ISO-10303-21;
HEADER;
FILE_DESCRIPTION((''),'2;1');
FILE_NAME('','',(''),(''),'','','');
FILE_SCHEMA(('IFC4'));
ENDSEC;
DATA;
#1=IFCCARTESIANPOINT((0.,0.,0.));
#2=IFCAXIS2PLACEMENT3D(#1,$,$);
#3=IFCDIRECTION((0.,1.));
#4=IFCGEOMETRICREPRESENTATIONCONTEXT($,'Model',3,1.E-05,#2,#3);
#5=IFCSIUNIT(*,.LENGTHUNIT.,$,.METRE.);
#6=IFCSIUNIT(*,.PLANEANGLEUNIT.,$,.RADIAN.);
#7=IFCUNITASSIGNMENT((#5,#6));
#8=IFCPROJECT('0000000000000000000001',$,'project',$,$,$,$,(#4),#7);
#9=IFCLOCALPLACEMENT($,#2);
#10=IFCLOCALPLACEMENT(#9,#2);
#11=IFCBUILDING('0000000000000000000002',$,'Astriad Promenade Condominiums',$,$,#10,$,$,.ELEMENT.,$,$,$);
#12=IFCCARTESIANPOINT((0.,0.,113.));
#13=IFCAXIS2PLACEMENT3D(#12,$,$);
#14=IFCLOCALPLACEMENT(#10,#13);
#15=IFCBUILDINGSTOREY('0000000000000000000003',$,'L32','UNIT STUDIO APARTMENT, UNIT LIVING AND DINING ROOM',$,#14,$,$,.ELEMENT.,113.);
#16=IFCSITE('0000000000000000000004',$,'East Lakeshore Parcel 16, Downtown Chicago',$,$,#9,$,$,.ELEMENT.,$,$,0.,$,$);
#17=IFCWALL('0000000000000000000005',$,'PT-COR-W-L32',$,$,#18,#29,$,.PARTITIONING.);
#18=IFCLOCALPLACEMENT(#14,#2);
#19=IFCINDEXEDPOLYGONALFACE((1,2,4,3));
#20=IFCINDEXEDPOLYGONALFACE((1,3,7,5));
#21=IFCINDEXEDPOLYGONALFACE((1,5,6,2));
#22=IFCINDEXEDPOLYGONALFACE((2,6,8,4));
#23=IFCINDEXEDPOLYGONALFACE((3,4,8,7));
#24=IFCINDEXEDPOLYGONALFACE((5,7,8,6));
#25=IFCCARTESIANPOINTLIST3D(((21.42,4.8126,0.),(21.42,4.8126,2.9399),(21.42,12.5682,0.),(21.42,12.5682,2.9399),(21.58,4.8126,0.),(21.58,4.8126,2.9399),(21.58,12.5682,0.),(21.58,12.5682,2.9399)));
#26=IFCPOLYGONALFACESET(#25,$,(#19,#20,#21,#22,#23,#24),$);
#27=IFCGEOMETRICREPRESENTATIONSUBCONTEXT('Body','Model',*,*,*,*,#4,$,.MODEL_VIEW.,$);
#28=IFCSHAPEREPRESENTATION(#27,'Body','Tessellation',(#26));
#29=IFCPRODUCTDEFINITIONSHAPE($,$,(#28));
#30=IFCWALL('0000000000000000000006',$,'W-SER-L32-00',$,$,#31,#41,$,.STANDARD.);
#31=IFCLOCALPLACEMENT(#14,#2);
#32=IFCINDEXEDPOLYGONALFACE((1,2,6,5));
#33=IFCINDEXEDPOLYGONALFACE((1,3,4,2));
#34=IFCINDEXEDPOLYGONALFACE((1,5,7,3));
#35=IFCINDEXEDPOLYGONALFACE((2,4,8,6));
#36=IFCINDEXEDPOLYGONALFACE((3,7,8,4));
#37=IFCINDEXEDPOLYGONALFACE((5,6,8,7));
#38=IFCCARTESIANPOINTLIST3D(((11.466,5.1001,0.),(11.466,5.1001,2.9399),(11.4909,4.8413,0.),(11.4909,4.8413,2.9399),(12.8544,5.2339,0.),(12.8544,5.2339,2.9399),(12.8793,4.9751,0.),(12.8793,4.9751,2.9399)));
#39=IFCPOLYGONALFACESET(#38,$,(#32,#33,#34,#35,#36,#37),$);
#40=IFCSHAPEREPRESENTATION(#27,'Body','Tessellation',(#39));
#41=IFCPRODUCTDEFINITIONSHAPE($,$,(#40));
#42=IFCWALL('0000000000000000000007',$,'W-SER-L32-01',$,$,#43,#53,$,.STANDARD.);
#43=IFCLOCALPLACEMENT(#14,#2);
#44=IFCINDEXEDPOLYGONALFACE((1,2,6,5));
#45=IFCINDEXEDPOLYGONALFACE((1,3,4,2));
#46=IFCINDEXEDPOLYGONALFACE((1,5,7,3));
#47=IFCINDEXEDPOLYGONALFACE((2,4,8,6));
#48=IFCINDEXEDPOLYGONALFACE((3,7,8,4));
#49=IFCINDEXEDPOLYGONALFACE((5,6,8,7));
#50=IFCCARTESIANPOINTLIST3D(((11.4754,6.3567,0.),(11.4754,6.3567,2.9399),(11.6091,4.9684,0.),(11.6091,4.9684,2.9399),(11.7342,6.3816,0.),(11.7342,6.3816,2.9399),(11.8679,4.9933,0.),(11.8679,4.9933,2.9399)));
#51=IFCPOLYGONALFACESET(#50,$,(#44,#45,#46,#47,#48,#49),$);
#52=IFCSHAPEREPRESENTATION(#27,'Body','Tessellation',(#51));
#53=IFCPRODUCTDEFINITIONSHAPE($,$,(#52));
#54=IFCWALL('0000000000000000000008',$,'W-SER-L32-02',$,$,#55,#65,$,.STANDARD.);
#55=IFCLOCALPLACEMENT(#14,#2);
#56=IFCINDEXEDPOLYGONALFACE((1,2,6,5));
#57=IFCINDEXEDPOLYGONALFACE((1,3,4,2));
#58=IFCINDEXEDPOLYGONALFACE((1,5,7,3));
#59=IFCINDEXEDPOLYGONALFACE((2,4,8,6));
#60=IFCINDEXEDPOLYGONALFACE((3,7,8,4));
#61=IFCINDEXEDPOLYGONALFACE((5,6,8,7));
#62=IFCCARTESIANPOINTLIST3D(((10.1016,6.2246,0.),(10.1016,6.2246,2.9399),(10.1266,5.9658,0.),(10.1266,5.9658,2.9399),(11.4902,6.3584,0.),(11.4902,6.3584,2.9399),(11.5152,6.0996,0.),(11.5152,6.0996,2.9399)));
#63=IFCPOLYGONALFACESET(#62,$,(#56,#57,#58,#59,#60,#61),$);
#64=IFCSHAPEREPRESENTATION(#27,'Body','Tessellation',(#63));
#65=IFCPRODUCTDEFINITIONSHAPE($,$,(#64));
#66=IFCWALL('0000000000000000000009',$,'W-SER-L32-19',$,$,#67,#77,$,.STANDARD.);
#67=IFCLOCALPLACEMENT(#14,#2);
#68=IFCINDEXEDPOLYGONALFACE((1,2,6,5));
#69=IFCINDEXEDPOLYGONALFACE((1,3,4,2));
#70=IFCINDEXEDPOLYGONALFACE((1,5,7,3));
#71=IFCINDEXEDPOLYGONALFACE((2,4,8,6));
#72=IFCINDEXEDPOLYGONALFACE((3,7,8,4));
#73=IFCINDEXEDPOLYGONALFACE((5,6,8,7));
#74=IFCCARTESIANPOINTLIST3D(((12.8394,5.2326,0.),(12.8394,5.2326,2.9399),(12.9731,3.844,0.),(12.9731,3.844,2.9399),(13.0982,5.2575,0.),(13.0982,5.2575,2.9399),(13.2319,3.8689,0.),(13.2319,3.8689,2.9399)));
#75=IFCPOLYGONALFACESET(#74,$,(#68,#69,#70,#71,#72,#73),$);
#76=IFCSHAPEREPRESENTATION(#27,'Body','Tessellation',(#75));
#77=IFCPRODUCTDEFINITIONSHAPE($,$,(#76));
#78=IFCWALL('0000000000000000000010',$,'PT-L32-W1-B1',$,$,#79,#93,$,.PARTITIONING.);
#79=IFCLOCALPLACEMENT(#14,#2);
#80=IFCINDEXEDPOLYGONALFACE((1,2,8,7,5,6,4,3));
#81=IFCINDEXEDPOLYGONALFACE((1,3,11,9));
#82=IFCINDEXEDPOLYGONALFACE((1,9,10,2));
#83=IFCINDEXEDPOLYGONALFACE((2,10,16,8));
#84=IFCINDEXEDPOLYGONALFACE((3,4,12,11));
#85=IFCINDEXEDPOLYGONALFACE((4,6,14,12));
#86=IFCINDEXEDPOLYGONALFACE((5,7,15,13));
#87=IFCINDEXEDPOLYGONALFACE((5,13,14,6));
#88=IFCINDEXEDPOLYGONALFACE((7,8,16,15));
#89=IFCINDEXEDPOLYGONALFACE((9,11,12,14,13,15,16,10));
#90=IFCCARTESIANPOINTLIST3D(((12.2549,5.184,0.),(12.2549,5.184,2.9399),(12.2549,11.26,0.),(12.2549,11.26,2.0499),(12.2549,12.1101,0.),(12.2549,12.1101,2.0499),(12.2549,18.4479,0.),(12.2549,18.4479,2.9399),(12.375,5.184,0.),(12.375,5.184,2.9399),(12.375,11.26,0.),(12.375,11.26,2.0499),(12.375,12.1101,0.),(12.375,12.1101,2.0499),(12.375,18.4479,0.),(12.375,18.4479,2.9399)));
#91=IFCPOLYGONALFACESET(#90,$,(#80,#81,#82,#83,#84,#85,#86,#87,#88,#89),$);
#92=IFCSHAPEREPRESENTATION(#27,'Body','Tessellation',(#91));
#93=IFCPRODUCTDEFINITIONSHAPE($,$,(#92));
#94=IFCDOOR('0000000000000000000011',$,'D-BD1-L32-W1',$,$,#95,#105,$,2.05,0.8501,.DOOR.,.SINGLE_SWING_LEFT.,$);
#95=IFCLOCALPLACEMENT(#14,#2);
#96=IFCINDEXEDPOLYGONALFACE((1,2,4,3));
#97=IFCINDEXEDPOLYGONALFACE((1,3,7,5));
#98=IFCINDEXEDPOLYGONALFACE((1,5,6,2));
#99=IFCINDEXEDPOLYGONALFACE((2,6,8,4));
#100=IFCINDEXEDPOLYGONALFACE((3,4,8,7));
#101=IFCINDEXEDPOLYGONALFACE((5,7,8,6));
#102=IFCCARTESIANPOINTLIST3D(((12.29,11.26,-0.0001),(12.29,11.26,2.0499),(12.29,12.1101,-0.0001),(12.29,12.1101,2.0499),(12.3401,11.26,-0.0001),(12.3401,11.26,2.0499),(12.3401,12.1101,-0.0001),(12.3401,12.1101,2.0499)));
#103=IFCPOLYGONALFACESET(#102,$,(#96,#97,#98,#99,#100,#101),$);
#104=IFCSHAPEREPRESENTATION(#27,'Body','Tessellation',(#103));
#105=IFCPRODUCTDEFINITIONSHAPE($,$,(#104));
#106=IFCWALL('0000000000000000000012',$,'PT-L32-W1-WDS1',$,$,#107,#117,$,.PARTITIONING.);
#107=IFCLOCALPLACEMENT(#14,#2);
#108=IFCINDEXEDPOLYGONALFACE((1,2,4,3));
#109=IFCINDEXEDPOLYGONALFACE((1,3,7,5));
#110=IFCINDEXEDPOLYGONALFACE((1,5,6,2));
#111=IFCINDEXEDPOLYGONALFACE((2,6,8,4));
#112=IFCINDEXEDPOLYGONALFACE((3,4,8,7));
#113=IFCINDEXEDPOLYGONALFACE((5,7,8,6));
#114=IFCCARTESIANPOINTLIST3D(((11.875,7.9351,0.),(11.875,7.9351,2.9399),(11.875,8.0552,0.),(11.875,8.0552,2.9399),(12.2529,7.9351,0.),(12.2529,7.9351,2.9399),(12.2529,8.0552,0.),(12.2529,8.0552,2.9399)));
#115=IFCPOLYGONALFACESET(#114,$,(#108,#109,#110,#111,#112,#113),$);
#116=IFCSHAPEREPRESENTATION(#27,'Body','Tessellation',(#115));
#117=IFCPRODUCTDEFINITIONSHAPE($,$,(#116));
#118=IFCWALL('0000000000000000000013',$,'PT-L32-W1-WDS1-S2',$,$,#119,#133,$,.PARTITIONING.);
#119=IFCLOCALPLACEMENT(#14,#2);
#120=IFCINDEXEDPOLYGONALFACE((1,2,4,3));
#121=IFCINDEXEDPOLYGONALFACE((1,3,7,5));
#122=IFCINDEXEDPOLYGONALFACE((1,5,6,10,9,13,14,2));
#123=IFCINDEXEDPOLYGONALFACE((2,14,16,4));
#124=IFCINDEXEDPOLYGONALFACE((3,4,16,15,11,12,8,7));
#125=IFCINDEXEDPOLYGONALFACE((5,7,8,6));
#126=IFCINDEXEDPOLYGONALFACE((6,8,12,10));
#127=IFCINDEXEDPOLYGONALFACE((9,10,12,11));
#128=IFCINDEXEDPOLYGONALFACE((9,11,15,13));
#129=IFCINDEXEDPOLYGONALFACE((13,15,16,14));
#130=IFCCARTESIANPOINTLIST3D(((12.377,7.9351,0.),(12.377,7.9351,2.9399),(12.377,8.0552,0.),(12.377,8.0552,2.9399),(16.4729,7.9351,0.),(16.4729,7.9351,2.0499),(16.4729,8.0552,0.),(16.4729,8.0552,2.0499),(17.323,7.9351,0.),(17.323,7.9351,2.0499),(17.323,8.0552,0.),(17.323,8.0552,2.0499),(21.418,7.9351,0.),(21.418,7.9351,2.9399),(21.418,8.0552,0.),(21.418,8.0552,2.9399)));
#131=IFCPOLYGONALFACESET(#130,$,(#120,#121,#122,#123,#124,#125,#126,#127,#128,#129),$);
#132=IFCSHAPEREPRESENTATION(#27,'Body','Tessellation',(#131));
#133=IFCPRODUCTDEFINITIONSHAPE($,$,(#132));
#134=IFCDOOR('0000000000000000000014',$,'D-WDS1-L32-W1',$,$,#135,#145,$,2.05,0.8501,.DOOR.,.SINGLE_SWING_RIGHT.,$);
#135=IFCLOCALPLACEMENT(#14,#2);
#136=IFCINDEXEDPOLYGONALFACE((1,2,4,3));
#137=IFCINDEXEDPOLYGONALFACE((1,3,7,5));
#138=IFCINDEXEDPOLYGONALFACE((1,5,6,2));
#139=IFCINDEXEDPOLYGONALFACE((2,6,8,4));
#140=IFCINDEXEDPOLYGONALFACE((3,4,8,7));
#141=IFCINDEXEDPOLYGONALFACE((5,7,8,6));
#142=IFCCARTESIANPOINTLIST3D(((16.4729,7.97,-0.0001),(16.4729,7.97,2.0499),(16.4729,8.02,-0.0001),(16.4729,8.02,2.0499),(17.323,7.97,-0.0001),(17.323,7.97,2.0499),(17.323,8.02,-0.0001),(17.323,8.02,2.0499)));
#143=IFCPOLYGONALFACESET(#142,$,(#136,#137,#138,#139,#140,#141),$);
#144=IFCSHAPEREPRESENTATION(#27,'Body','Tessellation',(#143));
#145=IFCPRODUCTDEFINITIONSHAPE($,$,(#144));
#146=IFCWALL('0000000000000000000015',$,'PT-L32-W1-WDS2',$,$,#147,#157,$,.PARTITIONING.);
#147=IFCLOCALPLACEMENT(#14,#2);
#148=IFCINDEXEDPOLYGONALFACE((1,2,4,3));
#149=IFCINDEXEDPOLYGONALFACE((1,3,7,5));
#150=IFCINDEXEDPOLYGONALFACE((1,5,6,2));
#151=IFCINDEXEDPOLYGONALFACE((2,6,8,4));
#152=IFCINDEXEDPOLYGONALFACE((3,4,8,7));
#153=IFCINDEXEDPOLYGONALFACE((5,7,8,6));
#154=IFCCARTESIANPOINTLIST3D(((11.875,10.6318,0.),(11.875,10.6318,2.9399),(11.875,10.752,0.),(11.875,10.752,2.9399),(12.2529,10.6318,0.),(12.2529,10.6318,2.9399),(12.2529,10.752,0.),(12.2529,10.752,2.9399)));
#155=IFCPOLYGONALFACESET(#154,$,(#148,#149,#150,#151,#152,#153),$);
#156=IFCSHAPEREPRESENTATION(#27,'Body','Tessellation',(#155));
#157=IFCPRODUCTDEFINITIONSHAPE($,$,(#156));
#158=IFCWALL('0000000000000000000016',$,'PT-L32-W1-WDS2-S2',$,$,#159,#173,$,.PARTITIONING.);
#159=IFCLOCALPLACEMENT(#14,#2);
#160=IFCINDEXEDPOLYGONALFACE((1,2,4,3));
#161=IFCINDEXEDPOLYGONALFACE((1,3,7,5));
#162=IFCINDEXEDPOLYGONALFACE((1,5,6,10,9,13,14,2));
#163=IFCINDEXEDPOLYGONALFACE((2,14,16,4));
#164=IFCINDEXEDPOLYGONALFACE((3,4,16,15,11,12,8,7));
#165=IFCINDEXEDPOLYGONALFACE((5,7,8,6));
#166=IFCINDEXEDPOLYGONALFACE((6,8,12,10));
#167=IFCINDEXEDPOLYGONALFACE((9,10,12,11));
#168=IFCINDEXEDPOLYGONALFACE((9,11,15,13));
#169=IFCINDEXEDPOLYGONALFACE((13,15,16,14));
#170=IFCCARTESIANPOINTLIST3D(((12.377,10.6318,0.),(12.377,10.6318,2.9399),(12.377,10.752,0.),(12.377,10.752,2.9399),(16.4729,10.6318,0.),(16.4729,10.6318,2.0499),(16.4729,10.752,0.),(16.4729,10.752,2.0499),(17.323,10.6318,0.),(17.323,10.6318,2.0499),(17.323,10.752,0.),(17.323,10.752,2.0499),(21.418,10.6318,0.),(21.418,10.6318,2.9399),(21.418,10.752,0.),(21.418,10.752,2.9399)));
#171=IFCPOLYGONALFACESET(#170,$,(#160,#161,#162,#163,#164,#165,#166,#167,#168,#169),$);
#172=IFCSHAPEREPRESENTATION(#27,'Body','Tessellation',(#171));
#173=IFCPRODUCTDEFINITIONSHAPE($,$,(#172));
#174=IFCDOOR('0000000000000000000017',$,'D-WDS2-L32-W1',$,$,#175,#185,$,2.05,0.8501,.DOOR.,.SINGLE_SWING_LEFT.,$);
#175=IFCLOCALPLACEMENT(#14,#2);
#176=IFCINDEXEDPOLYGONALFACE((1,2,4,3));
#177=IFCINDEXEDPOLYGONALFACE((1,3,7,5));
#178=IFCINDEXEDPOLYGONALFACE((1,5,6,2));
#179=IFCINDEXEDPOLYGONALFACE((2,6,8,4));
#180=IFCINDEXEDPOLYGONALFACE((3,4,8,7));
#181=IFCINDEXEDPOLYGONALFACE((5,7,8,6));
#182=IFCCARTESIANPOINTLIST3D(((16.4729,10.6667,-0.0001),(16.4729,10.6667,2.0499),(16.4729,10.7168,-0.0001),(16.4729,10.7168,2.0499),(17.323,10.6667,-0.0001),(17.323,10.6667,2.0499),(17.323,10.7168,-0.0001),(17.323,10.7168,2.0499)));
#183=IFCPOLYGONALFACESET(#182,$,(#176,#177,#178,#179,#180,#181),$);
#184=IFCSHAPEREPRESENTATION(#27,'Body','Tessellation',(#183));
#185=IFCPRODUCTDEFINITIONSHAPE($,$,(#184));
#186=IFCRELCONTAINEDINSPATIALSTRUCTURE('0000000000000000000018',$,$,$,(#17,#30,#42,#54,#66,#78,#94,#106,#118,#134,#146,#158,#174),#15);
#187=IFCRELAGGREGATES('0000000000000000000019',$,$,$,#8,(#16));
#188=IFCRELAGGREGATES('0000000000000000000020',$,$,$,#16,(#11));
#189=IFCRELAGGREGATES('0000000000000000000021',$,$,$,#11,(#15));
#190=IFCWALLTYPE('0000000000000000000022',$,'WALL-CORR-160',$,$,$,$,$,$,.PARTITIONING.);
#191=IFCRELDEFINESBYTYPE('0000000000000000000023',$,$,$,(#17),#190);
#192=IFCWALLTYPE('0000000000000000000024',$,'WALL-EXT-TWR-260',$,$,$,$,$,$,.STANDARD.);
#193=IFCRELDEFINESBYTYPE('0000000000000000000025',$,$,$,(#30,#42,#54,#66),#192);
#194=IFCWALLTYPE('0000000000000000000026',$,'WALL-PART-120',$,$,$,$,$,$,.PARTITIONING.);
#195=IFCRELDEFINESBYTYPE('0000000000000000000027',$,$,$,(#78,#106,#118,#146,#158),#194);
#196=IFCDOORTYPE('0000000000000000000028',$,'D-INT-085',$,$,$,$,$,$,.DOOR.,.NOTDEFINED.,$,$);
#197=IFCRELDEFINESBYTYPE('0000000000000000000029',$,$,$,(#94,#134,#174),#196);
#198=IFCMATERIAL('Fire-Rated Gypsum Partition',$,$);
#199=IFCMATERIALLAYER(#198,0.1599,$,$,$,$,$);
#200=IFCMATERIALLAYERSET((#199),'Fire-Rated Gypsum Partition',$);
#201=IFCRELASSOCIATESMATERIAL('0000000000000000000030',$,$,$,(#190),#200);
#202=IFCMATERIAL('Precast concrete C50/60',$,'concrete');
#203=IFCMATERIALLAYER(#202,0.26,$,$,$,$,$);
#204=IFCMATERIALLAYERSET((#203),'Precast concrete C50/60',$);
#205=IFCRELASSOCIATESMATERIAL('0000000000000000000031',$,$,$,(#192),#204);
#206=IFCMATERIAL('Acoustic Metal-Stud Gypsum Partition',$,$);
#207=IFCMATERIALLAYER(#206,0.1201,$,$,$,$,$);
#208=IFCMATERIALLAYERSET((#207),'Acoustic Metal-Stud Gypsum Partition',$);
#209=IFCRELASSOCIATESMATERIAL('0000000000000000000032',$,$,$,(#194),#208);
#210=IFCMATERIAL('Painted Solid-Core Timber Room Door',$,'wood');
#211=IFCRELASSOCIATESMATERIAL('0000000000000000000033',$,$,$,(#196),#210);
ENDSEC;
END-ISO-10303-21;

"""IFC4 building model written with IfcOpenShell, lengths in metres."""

from ifc_helpers import new_model, si_unit, direction, frame, frame_2d, origin, place, context, subcontext, project, spatial, rectangle, extrude, source, transform, mapped, material, layer, layer_set, type_object, type_shapes, element, fill, save


model = new_model("IFC4")

# Units and contexts
model_context = context("Model", 3, precision=1e-05, world=origin(), true_north=direction((0.0, 1.0)))
body_context = subcontext(model_context, "Body", "Model", "MODEL_VIEW")
ifc_project = project(units=[si_unit("LENGTHUNIT", "METRE"), si_unit("PLANEANGLEUNIT", "RADIAN")], contexts=[model_context])

# Site, building, storey
site_placement = place(None, origin())
site = spatial("IfcSite", under=ifc_project, at=site_placement, Name="East Lakeshore Parcel 16, Downtown Chicago", CompositionType="ELEMENT", RefElevation=0.0)
building_placement = place(site_placement, origin())
building = spatial("IfcBuilding", under=site, at=building_placement, Name="Astriad Promenade Condominiums", CompositionType="ELEMENT")
storey_placement = place(building_placement, frame((0.0, 0.0, 113.0)))
storey = spatial("IfcBuildingStorey", under=building, at=storey_placement, Name="L32", Description="UNIT STUDIO APARTMENT, UNIT LIVING AND DINING ROOM", CompositionType="ELEMENT", Elevation=113.0)

# Shared definitions
ifc_material_1 = material(Name="Fire-Rated Gypsum Partition")
ifc_layer_1 = layer(ifc_material_1, 0.1599)
ifc_layer_set_1 = layer_set([ifc_layer_1], Name="Fire-Rated Gypsum Partition")
wall_type_1 = type_object("IfcWallType", Name="WALL-CORR-160", PredefinedType="PARTITIONING", material=ifc_layer_set_1)

# Walls
wall_1_placement = place(storey_placement, frame((21.5, 4.8125, 0.0), z_axis=(0.0, 0.0, 1.0), x_axis=(0.0, 1.0, 0.0)))
element("IfcWall", 1, at=wall_1_placement, inside=storey, type_object=wall_type_1, Name="PT-COR-W-L32", PredefinedType="PARTITIONING", context=body_context, shape_type="SweptSolid", body=[
    extrude(rectangle(XDim=7.7556, YDim=0.1599, at=frame_2d((3.8779, 0.0))), origin(), (0.0, 0.0, 1.0), 2.9399),
])
ifc_material_2 = material(Name="Precast concrete C50/60", Category="concrete")
ifc_layer_2 = layer(ifc_material_2, 0.26)
ifc_layer_set_2 = layer_set([ifc_layer_2], Name="Precast concrete C50/60")
wall_type_2 = type_object("IfcWallType", Name="WALL-EXT-TWR-260", PredefinedType="STANDARD", material=ifc_layer_set_2)
for number, where, z_axis, x_axis, name in (
    (2, (12.8667, 5.1045, 0.0), (0.0, 0.0, 1.0), (-0.995389, -0.095916, 0.0), "W-SER-L32-00"),
    (3, (11.7385, 4.981, 0.0), (0.0, 0.0, 1.0), (-0.095916, 0.995389, 0.0), "W-SER-L32-01"),
):
    element("IfcWall", number, at=place(storey_placement, frame(where, z_axis=z_axis, x_axis=x_axis)), inside=storey, type_object=wall_type_2, Name=name, PredefinedType="STANDARD", context=body_context, shape_type="SweptSolid", body=[
        extrude(rectangle(XDim=1.3948, YDim=0.26, at=frame_2d((0.6973, 0.0))), origin(), (0.0, 0.0, 1.0), 2.9399),
    ])
for number, where, z_axis, x_axis, name in (
    (4, (11.5027, 6.229, 0.0), (0.0, 0.0, 1.0), (-0.995391, -0.095899, 0.0), "W-SER-L32-02"),
    (5, (13.1025, 3.8564, 0.0), (0.0, 0.0, 1.0), (-0.095899, 0.995391, 0.0), "W-SER-L32-19"),
):
    element("IfcWall", number, at=place(storey_placement, frame(where, z_axis=z_axis, x_axis=x_axis)), inside=storey, type_object=wall_type_2, Name=name, PredefinedType="STANDARD", context=body_context, shape_type="SweptSolid", body=[
        extrude(rectangle(XDim=1.395, YDim=0.26, at=frame_2d((0.6975, 0.0))), origin(), (0.0, 0.0, 1.0), 2.9399),
    ])

# Wall, opening, door
ifc_material_3 = material(Name="Acoustic Metal-Stud Gypsum Partition")
ifc_layer_3 = layer(ifc_material_3, 0.1201)
ifc_layer_set_3 = layer_set([ifc_layer_3], Name="Acoustic Metal-Stud Gypsum Partition")
wall_type_3 = type_object("IfcWallType", Name="WALL-PART-120", PredefinedType="PARTITIONING", material=ifc_layer_set_3)
wall_2_placement = place(storey_placement, frame((12.3149, 5.1841, 0.0), z_axis=(0.0, 0.0, 1.0), x_axis=(0.0, 1.0, 0.0)))
wall_2 = element("IfcWall", 6, at=wall_2_placement, inside=storey, type_object=wall_type_3, Name="PT-L32-W1-B1", PredefinedType="PARTITIONING", context=body_context, shape_type="SweptSolid", body=[
    extrude(rectangle(XDim=13.2639, YDim=0.1201, at=frame_2d((6.6318, 0.0))), origin(), (0.0, 0.0, 1.0), 2.9399),
])
opening_1_placement = place(wall_2_placement, frame((6.0759, 0.0, 0.0)))
opening_1 = element("IfcOpeningElement", 7, at=opening_1_placement, cuts=wall_2, PredefinedType="OPENING", context=body_context, shape_type="SweptSolid", body=[
    extrude(rectangle(XDim=0.8501, YDim=2.05, at=frame_2d((0.425, 1.0249))), frame((0.0, 0.0701, 0.0), z_axis=(0.0, -1.0, 0.0), x_axis=(1.0, 0.0, 0.0)), (0.0, 0.0, 1.0), 0.1401),
])
ifc_material_4 = material(Name="Painted Solid-Core Timber Room Door", Category="wood")
door_type_1 = type_object("IfcDoorType", Name="D-INT-085", OperationType="NOTDEFINED", PredefinedType="DOOR", material=ifc_material_4)
shared_shape_1 = source(origin(), body_context, "Body", "SweptSolid", [
    extrude(rectangle(XDim=0.8501, YDim=2.05, at=frame_2d((0.425, 1.0249))), frame((0.0, 0.0249, 0.0), z_axis=(0.0, -1.0, 0.0), x_axis=(1.0, 0.0, 0.0)), (0.0, 0.0, 1.0), 0.05),
])
type_shapes(door_type_1, [shared_shape_1])
door_1_placement = place(opening_1_placement, origin())
door_1 = element("IfcDoor", 8, at=door_1_placement, inside=storey, type_object=door_type_1, Name="D-BD1-L32-W1", OperationType="SINGLE_SWING_LEFT", OverallHeight=2.05, OverallWidth=0.8501, PredefinedType="DOOR", context=body_context, shape_type="MappedRepresentation", body=[
    mapped(shared_shape_1, transform((0.0, 0.0, 0.0), scale=1.0)),
])
fill(opening_1, door_1)

# Wall
wall_3_placement = place(storey_placement, frame((11.875, 7.9951, 0.0), z_axis=(0.0, 0.0, 1.0), x_axis=(1.0, 0.0, 0.0)))
element("IfcWall", 9, at=wall_3_placement, inside=storey, type_object=wall_type_3, Name="PT-L32-W1-WDS1", PredefinedType="PARTITIONING", context=body_context, shape_type="SweptSolid", body=[
    extrude(rectangle(XDim=0.3779, YDim=0.1201, at=frame_2d((0.189, 0.0))), origin(), (0.0, 0.0, 1.0), 2.9399),
])

# Wall, opening, door
wall_4_placement = place(storey_placement, frame((12.377, 7.9951, 0.0), z_axis=(0.0, 0.0, 1.0), x_axis=(1.0, 0.0, 0.0)))
wall_4 = element("IfcWall", 10, at=wall_4_placement, inside=storey, type_object=wall_type_3, Name="PT-L32-W1-WDS1-S2", PredefinedType="PARTITIONING", context=body_context, shape_type="SweptSolid", body=[
    extrude(rectangle(XDim=9.041, YDim=0.1201, at=frame_2d((4.5205, 0.0))), origin(), (0.0, 0.0, 1.0), 2.9399),
])
opening_2_placement = place(wall_4_placement, frame((4.0959, 0.0, 0.0)))
opening_2 = element("IfcOpeningElement", 11, at=opening_2_placement, cuts=wall_4, PredefinedType="OPENING", context=body_context, shape_type="SweptSolid", body=[
    extrude(rectangle(XDim=0.8501, YDim=2.05, at=frame_2d((0.425, 1.0249))), frame((0.0, 0.0701, 0.0), z_axis=(0.0, -1.0, 0.0), x_axis=(1.0, 0.0, 0.0)), (0.0, 0.0, 1.0), 0.1401),
])
door_2_placement = place(opening_2_placement, origin())
door_2 = element("IfcDoor", 12, at=door_2_placement, inside=storey, type_object=door_type_1, Name="D-WDS1-L32-W1", OperationType="SINGLE_SWING_RIGHT", OverallHeight=2.05, OverallWidth=0.8501, PredefinedType="DOOR", context=body_context, shape_type="MappedRepresentation", body=[
    mapped(shared_shape_1, transform((0.0, 0.0, 0.0), scale=1.0)),
])
fill(opening_2, door_2)

# Wall
wall_5_placement = place(storey_placement, frame((11.875, 10.6919, 0.0), z_axis=(0.0, 0.0, 1.0), x_axis=(1.0, 0.0, 0.0)))
element("IfcWall", 13, at=wall_5_placement, inside=storey, type_object=wall_type_3, Name="PT-L32-W1-WDS2", PredefinedType="PARTITIONING", context=body_context, shape_type="SweptSolid", body=[
    extrude(rectangle(XDim=0.3779, YDim=0.1201, at=frame_2d((0.189, 0.0))), origin(), (0.0, 0.0, 1.0), 2.9399),
])

# Wall, opening, door
wall_6_placement = place(storey_placement, frame((12.377, 10.6919, 0.0), z_axis=(0.0, 0.0, 1.0), x_axis=(1.0, 0.0, 0.0)))
wall_6 = element("IfcWall", 14, at=wall_6_placement, inside=storey, type_object=wall_type_3, Name="PT-L32-W1-WDS2-S2", PredefinedType="PARTITIONING", context=body_context, shape_type="SweptSolid", body=[
    extrude(rectangle(XDim=9.041, YDim=0.1201, at=frame_2d((4.5205, 0.0))), origin(), (0.0, 0.0, 1.0), 2.9399),
])
opening_3_placement = place(wall_6_placement, frame((4.0959, 0.0, 0.0)))
opening_3 = element("IfcOpeningElement", 15, at=opening_3_placement, cuts=wall_6, PredefinedType="OPENING", context=body_context, shape_type="SweptSolid", body=[
    extrude(rectangle(XDim=0.8501, YDim=2.05, at=frame_2d((0.425, 1.0249))), frame((0.0, 0.0701, 0.0), z_axis=(0.0, -1.0, 0.0), x_axis=(1.0, 0.0, 0.0)), (0.0, 0.0, 1.0), 0.1401),
])
door_3_placement = place(opening_3_placement, origin())
door_3 = element("IfcDoor", 16, at=door_3_placement, inside=storey, type_object=door_type_1, Name="D-WDS2-L32-W1", OperationType="SINGLE_SWING_LEFT", OverallHeight=2.05, OverallWidth=0.8501, PredefinedType="DOOR", context=body_context, shape_type="MappedRepresentation", body=[
    mapped(shared_shape_1, transform((0.0, 0.0, 0.0), scale=1.0)),
])
fill(opening_3, door_3)

save(model, "model.ifc")
